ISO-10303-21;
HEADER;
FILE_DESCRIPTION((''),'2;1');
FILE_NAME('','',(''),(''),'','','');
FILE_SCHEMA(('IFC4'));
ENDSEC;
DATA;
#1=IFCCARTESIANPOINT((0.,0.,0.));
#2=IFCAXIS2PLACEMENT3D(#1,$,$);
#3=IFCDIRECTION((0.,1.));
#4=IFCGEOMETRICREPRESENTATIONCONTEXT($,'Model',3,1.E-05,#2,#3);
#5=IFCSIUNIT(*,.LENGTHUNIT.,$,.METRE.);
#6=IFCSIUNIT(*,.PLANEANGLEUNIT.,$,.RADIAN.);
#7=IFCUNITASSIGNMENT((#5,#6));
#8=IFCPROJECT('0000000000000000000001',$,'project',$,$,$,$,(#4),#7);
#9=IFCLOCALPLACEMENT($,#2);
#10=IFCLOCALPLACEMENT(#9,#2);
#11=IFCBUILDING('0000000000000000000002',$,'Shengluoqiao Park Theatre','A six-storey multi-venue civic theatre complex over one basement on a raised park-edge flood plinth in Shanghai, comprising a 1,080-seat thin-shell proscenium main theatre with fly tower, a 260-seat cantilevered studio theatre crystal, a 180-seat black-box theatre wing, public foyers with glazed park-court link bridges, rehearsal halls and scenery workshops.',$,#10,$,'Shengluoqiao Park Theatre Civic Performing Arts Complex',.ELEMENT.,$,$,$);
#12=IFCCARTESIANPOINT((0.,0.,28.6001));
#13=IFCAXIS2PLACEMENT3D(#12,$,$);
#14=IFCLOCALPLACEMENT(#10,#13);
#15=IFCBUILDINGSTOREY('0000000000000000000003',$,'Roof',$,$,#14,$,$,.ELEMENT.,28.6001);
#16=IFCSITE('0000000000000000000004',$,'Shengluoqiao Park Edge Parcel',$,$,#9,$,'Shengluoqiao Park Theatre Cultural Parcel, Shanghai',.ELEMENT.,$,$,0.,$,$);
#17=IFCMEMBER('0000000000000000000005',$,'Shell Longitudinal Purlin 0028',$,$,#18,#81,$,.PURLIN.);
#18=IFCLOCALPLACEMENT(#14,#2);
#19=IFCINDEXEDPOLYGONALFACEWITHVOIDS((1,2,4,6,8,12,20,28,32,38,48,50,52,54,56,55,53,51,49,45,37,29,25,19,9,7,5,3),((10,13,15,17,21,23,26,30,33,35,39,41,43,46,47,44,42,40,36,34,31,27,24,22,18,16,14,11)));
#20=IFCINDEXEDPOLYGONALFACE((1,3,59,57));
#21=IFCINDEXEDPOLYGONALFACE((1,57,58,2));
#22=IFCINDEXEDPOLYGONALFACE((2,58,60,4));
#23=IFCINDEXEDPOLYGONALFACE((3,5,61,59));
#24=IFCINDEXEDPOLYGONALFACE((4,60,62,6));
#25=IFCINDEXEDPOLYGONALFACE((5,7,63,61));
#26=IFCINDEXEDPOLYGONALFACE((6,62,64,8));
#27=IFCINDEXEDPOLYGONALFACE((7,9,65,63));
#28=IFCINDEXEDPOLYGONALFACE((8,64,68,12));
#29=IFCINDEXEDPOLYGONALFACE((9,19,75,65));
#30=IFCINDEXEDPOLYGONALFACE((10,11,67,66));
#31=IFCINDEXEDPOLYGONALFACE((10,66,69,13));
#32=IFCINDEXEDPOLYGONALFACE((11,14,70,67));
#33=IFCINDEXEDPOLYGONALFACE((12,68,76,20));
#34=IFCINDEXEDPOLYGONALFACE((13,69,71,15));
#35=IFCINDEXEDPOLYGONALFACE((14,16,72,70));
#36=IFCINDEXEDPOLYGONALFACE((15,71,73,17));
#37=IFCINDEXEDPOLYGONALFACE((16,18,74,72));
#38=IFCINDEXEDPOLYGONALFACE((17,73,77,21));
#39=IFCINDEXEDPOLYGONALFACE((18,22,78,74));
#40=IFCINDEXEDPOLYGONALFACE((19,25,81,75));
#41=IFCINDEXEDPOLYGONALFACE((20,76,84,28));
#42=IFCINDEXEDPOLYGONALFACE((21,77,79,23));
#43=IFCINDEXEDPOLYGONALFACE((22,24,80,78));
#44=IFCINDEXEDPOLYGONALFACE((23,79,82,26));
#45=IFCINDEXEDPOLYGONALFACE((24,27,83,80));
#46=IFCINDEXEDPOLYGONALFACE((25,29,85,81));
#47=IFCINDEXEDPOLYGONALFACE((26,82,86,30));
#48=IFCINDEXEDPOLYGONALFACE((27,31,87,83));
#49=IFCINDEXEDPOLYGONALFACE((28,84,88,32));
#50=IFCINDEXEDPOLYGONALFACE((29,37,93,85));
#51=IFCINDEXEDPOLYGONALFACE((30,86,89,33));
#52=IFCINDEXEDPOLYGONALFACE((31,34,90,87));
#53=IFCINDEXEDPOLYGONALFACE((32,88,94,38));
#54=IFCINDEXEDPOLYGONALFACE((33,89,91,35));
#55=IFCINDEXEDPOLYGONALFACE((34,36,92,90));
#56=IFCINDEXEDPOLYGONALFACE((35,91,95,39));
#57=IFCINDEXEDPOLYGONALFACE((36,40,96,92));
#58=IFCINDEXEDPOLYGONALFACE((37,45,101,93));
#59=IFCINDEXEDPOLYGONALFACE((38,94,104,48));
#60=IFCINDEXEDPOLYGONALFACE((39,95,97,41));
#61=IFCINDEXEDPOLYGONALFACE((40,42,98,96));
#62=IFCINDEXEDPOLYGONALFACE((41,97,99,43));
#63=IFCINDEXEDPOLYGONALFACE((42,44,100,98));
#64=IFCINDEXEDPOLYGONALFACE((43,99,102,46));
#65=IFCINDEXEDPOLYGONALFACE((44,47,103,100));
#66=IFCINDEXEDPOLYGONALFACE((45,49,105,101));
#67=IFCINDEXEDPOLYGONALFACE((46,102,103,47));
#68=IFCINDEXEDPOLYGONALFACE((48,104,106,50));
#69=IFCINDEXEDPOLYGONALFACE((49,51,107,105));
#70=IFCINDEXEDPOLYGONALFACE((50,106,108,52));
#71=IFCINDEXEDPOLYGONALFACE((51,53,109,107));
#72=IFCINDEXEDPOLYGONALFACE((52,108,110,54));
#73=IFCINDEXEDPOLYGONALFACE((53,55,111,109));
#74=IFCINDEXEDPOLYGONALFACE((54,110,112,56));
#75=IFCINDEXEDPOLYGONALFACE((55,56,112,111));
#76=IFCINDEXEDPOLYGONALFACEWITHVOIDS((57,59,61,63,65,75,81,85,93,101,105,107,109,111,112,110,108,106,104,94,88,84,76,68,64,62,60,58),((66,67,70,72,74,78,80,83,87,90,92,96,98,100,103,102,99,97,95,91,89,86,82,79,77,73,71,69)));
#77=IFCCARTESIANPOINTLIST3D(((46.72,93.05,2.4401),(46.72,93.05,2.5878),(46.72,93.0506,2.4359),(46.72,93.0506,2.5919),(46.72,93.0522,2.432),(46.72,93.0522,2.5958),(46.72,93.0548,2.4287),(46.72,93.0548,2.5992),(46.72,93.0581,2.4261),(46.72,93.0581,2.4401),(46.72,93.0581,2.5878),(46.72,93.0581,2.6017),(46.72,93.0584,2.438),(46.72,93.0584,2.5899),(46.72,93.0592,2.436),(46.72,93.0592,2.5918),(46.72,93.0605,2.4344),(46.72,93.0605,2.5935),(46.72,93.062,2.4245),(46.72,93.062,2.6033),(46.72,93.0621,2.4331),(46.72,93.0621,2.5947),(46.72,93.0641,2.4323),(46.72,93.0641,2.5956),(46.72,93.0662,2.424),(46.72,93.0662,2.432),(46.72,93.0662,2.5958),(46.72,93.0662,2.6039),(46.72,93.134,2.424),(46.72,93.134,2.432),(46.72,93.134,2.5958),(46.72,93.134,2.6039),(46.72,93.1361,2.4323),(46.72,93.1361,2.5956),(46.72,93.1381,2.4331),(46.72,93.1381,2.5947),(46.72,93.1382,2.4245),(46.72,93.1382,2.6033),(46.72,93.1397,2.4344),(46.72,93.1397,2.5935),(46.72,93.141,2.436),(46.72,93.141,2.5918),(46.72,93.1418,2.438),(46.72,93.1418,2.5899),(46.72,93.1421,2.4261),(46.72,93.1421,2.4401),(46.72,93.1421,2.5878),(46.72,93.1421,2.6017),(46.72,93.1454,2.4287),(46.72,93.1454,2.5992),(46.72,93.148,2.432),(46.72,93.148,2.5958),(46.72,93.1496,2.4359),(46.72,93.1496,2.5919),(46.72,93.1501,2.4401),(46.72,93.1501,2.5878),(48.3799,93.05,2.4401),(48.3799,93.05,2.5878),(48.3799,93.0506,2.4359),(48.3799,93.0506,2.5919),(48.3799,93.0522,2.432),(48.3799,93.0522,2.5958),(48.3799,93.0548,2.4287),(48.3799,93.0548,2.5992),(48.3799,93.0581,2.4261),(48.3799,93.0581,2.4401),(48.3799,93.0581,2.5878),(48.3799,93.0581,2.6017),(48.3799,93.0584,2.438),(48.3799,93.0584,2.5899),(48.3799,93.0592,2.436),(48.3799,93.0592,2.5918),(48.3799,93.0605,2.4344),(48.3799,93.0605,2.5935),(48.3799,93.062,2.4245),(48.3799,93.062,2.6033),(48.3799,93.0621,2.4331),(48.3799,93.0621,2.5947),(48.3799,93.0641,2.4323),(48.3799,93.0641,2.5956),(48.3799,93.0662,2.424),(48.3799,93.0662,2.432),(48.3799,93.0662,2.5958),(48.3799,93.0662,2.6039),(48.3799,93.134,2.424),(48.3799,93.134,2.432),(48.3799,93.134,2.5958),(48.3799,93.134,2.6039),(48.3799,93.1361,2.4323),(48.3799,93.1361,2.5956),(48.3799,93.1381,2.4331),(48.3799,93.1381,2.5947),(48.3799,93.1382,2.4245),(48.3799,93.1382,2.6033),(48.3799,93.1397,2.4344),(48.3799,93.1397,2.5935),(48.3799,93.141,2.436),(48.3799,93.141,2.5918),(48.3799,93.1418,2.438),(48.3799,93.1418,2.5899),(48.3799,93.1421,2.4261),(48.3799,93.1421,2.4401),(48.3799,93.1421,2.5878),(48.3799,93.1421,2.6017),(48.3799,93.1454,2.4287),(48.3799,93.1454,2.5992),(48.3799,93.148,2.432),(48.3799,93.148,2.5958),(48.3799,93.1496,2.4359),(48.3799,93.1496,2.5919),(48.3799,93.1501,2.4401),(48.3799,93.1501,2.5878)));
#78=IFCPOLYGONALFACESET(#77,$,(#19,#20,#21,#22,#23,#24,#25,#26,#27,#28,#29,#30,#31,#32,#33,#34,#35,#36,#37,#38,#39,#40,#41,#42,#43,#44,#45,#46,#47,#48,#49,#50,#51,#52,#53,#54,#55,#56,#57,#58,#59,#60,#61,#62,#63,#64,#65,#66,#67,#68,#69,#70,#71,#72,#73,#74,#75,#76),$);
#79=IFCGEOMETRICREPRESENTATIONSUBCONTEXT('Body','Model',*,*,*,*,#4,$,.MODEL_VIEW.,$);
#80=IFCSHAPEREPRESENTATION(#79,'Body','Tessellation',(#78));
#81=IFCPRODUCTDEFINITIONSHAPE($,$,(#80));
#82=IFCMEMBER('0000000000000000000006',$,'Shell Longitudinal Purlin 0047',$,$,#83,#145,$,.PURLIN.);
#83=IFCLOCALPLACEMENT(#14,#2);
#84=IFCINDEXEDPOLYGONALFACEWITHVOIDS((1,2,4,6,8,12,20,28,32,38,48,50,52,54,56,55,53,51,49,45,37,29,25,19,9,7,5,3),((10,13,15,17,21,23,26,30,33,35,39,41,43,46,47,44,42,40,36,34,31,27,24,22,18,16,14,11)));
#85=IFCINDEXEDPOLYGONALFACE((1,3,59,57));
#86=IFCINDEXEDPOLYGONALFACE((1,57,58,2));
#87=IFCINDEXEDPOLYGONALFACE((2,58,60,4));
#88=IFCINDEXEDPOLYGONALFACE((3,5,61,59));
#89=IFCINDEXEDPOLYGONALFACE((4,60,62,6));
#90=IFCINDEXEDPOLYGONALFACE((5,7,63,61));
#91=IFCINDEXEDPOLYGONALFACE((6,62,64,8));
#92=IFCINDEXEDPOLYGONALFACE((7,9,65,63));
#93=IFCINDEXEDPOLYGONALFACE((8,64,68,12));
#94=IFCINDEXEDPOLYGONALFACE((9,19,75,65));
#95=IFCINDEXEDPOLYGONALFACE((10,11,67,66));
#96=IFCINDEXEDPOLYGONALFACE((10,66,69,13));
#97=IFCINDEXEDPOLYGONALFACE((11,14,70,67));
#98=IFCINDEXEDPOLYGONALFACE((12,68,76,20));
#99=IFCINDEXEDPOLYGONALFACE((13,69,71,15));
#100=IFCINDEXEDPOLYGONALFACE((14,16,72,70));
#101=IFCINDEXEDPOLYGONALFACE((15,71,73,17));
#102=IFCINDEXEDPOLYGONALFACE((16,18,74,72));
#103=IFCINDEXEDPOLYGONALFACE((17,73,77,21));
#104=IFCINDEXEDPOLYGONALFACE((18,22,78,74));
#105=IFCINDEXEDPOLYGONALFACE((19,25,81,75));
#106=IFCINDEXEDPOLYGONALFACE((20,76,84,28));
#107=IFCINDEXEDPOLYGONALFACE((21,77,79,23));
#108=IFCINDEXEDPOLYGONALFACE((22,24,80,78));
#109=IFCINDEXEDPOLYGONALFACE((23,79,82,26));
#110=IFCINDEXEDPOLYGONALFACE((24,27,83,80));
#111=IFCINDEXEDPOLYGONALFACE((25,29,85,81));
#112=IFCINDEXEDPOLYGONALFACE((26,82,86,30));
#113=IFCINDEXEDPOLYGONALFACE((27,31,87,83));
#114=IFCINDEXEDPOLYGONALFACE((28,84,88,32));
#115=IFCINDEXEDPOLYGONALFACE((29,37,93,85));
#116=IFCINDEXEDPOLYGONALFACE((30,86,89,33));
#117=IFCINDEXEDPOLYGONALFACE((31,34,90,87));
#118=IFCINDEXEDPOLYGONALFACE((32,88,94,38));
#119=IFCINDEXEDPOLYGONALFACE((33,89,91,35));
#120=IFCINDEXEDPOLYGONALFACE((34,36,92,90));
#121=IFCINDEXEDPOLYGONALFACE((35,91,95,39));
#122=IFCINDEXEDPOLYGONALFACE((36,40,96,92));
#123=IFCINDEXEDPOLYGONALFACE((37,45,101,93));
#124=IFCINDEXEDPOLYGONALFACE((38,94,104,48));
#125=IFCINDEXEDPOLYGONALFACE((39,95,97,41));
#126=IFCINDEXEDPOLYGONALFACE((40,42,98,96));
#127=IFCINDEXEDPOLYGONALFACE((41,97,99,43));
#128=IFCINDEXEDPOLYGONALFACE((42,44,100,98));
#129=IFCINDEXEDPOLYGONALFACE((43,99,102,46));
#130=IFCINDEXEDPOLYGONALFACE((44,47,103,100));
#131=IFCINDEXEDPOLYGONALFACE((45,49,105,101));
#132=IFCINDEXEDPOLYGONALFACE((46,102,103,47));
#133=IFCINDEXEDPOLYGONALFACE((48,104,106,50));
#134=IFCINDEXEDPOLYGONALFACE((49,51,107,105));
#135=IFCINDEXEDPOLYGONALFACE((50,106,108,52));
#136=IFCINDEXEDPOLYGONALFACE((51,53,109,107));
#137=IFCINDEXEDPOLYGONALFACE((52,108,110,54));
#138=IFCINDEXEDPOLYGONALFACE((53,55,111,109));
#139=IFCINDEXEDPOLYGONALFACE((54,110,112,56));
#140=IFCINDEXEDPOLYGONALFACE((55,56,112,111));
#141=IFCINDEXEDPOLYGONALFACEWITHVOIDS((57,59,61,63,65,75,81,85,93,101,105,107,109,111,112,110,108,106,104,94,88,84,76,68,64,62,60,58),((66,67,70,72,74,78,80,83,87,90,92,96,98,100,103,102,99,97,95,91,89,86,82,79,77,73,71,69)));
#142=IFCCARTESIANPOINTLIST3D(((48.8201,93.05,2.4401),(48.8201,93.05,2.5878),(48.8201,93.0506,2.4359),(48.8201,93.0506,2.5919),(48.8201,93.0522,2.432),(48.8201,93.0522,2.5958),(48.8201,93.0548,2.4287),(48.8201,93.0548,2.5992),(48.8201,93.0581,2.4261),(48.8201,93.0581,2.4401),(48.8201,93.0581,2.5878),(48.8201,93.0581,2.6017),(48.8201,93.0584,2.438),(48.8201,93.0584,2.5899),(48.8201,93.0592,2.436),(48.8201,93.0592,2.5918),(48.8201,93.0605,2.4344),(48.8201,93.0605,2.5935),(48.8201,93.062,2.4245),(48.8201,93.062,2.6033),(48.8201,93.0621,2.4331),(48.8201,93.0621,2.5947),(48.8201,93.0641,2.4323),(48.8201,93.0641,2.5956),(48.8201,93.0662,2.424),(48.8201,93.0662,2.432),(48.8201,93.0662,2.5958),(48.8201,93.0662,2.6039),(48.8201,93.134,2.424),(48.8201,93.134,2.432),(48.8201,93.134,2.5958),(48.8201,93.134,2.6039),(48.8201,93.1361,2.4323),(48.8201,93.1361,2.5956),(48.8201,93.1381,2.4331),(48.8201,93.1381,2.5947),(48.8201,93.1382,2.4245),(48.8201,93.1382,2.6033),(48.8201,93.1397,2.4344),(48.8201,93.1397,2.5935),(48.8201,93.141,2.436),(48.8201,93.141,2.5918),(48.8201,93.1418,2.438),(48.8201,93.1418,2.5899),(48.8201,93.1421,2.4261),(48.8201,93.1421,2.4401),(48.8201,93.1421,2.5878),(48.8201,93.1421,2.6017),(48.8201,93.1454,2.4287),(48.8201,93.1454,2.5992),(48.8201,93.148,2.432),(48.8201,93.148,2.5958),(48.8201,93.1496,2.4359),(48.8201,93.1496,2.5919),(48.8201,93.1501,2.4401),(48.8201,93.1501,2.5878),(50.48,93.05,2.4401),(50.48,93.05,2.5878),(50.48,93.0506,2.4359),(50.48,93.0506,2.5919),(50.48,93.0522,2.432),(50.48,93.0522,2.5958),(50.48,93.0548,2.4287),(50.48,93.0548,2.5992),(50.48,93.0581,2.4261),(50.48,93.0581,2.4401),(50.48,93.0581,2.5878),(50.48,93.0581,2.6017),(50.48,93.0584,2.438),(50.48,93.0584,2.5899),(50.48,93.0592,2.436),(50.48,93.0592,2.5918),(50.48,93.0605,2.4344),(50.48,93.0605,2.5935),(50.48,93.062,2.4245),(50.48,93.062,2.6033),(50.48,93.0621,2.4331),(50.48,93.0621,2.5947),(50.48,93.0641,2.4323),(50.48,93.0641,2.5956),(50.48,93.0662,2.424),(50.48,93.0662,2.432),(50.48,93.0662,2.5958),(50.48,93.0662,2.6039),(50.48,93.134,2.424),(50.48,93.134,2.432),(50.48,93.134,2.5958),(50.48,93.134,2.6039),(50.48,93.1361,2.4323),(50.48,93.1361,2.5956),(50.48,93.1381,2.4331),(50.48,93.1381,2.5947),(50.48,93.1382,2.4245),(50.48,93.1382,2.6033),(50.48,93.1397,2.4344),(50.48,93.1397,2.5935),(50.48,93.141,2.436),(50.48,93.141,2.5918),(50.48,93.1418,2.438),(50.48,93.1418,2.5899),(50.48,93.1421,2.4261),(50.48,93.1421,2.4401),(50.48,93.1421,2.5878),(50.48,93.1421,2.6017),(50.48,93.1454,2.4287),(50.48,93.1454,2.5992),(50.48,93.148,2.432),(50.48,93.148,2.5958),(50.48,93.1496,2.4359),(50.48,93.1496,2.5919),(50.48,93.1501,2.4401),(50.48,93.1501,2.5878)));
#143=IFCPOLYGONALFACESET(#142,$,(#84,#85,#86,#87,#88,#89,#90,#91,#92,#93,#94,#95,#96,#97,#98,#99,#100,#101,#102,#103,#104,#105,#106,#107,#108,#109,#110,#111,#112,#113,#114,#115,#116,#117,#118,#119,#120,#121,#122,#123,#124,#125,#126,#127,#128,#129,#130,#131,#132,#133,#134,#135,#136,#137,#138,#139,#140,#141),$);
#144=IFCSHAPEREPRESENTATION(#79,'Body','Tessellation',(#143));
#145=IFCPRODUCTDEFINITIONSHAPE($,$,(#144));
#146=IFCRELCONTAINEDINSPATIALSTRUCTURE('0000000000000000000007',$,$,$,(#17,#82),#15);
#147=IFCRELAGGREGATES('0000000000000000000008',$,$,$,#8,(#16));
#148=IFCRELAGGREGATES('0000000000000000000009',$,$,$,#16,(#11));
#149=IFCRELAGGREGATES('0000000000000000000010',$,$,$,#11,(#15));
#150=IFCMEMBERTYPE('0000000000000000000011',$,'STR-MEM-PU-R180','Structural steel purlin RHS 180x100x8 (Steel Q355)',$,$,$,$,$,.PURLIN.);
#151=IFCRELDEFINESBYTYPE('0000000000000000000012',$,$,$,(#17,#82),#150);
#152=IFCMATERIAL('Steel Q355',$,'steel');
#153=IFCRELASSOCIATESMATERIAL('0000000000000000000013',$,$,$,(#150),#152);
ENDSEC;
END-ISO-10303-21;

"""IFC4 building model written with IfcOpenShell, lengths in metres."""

from ifc_helpers import new_model, si_unit, direction, frame, origin, origin_2d, place, context, subcontext, project, spatial, hollow_rectangle, extrude, material, material_profile, profile_set, type_object, element, save


model = new_model("IFC4")

# Units and contexts
model_context = context("Model", 3, precision=1e-05, world=origin(), true_north=direction((0.0, 1.0)))
body_context = subcontext(model_context, "Body", "Model", "MODEL_VIEW")
ifc_project = project(units=[si_unit("LENGTHUNIT", "METRE"), si_unit("PLANEANGLEUNIT", "RADIAN")], contexts=[model_context])

# Site, building, storey
site_placement = place(None, origin())
site = spatial("IfcSite", under=ifc_project, at=site_placement, Name="Shengluoqiao Park Edge Parcel", LongName="Shengluoqiao Park Theatre Cultural Parcel, Shanghai", CompositionType="ELEMENT", RefElevation=0.0)
building_placement = place(site_placement, origin())
building = spatial("IfcBuilding", under=site, at=building_placement, Name="Shengluoqiao Park Theatre", Description="A six-storey multi-venue civic theatre complex over one basement on a raised park-edge flood plinth in Shanghai, comprising a 1,080-seat thin-shell proscenium main theatre with fly tower, a 260-seat cantilevered studio theatre crystal, a 180-seat black-box theatre wing, public foyers with glazed park-court link bridges, rehearsal halls and scenery workshops.", LongName="Shengluoqiao Park Theatre Civic Performing Arts Complex", CompositionType="ELEMENT")
storey_placement = place(building_placement, frame((0.0, 0.0, 28.6001)))
storey = spatial("IfcBuildingStorey", under=building, at=storey_placement, Name="Roof", CompositionType="ELEMENT", Elevation=28.6001)

# Shared definitions
ifc_material_1 = material(Name="Steel Q355", Category="steel")

# Members
ifc_material_profile_1 = material_profile(ifc_material_1, hollow_rectangle(XDim=0.1001, YDim=0.1799, WallThickness=0.0081, InnerFilletRadius=0.0081, OuterFilletRadius=0.0161, at=origin_2d()), Name="RHS 180x100x8")
ifc_profile_set_1 = profile_set([ifc_material_profile_1], Name="Steel Q355")
member_type_1 = type_object("IfcMemberType", Name="STR-MEM-PU-R180", Description="Structural steel purlin RHS 180x100x8 (Steel Q355)", PredefinedType="PURLIN", material=ifc_profile_set_1)
for number, where, z_axis, x_axis, name in (
    (1, (46.72, 93.1001, 2.5139), (1.0, 0.0, 0.0), (0.0, 1.0, 0.0), "Shell Longitudinal Purlin 0028"),
    (2, (48.8201, 93.1001, 2.5139), (1.0, 0.0, 0.0), (0.0, 1.0, 0.0), "Shell Longitudinal Purlin 0047"),
):
    element("IfcMember", number, at=place(storey_placement, frame(where, z_axis=z_axis, x_axis=x_axis)), inside=storey, type_object=member_type_1, Name=name, PredefinedType="PURLIN", context=body_context, shape_type="SweptSolid", body=[
        extrude(hollow_rectangle(XDim=0.1001, YDim=0.1799, WallThickness=0.0081, InnerFilletRadius=0.0081, OuterFilletRadius=0.0161, at=origin_2d()), origin(), (0.0, 0.0, 1.0), 1.6599),
    ])

save(model, "model.ifc")
